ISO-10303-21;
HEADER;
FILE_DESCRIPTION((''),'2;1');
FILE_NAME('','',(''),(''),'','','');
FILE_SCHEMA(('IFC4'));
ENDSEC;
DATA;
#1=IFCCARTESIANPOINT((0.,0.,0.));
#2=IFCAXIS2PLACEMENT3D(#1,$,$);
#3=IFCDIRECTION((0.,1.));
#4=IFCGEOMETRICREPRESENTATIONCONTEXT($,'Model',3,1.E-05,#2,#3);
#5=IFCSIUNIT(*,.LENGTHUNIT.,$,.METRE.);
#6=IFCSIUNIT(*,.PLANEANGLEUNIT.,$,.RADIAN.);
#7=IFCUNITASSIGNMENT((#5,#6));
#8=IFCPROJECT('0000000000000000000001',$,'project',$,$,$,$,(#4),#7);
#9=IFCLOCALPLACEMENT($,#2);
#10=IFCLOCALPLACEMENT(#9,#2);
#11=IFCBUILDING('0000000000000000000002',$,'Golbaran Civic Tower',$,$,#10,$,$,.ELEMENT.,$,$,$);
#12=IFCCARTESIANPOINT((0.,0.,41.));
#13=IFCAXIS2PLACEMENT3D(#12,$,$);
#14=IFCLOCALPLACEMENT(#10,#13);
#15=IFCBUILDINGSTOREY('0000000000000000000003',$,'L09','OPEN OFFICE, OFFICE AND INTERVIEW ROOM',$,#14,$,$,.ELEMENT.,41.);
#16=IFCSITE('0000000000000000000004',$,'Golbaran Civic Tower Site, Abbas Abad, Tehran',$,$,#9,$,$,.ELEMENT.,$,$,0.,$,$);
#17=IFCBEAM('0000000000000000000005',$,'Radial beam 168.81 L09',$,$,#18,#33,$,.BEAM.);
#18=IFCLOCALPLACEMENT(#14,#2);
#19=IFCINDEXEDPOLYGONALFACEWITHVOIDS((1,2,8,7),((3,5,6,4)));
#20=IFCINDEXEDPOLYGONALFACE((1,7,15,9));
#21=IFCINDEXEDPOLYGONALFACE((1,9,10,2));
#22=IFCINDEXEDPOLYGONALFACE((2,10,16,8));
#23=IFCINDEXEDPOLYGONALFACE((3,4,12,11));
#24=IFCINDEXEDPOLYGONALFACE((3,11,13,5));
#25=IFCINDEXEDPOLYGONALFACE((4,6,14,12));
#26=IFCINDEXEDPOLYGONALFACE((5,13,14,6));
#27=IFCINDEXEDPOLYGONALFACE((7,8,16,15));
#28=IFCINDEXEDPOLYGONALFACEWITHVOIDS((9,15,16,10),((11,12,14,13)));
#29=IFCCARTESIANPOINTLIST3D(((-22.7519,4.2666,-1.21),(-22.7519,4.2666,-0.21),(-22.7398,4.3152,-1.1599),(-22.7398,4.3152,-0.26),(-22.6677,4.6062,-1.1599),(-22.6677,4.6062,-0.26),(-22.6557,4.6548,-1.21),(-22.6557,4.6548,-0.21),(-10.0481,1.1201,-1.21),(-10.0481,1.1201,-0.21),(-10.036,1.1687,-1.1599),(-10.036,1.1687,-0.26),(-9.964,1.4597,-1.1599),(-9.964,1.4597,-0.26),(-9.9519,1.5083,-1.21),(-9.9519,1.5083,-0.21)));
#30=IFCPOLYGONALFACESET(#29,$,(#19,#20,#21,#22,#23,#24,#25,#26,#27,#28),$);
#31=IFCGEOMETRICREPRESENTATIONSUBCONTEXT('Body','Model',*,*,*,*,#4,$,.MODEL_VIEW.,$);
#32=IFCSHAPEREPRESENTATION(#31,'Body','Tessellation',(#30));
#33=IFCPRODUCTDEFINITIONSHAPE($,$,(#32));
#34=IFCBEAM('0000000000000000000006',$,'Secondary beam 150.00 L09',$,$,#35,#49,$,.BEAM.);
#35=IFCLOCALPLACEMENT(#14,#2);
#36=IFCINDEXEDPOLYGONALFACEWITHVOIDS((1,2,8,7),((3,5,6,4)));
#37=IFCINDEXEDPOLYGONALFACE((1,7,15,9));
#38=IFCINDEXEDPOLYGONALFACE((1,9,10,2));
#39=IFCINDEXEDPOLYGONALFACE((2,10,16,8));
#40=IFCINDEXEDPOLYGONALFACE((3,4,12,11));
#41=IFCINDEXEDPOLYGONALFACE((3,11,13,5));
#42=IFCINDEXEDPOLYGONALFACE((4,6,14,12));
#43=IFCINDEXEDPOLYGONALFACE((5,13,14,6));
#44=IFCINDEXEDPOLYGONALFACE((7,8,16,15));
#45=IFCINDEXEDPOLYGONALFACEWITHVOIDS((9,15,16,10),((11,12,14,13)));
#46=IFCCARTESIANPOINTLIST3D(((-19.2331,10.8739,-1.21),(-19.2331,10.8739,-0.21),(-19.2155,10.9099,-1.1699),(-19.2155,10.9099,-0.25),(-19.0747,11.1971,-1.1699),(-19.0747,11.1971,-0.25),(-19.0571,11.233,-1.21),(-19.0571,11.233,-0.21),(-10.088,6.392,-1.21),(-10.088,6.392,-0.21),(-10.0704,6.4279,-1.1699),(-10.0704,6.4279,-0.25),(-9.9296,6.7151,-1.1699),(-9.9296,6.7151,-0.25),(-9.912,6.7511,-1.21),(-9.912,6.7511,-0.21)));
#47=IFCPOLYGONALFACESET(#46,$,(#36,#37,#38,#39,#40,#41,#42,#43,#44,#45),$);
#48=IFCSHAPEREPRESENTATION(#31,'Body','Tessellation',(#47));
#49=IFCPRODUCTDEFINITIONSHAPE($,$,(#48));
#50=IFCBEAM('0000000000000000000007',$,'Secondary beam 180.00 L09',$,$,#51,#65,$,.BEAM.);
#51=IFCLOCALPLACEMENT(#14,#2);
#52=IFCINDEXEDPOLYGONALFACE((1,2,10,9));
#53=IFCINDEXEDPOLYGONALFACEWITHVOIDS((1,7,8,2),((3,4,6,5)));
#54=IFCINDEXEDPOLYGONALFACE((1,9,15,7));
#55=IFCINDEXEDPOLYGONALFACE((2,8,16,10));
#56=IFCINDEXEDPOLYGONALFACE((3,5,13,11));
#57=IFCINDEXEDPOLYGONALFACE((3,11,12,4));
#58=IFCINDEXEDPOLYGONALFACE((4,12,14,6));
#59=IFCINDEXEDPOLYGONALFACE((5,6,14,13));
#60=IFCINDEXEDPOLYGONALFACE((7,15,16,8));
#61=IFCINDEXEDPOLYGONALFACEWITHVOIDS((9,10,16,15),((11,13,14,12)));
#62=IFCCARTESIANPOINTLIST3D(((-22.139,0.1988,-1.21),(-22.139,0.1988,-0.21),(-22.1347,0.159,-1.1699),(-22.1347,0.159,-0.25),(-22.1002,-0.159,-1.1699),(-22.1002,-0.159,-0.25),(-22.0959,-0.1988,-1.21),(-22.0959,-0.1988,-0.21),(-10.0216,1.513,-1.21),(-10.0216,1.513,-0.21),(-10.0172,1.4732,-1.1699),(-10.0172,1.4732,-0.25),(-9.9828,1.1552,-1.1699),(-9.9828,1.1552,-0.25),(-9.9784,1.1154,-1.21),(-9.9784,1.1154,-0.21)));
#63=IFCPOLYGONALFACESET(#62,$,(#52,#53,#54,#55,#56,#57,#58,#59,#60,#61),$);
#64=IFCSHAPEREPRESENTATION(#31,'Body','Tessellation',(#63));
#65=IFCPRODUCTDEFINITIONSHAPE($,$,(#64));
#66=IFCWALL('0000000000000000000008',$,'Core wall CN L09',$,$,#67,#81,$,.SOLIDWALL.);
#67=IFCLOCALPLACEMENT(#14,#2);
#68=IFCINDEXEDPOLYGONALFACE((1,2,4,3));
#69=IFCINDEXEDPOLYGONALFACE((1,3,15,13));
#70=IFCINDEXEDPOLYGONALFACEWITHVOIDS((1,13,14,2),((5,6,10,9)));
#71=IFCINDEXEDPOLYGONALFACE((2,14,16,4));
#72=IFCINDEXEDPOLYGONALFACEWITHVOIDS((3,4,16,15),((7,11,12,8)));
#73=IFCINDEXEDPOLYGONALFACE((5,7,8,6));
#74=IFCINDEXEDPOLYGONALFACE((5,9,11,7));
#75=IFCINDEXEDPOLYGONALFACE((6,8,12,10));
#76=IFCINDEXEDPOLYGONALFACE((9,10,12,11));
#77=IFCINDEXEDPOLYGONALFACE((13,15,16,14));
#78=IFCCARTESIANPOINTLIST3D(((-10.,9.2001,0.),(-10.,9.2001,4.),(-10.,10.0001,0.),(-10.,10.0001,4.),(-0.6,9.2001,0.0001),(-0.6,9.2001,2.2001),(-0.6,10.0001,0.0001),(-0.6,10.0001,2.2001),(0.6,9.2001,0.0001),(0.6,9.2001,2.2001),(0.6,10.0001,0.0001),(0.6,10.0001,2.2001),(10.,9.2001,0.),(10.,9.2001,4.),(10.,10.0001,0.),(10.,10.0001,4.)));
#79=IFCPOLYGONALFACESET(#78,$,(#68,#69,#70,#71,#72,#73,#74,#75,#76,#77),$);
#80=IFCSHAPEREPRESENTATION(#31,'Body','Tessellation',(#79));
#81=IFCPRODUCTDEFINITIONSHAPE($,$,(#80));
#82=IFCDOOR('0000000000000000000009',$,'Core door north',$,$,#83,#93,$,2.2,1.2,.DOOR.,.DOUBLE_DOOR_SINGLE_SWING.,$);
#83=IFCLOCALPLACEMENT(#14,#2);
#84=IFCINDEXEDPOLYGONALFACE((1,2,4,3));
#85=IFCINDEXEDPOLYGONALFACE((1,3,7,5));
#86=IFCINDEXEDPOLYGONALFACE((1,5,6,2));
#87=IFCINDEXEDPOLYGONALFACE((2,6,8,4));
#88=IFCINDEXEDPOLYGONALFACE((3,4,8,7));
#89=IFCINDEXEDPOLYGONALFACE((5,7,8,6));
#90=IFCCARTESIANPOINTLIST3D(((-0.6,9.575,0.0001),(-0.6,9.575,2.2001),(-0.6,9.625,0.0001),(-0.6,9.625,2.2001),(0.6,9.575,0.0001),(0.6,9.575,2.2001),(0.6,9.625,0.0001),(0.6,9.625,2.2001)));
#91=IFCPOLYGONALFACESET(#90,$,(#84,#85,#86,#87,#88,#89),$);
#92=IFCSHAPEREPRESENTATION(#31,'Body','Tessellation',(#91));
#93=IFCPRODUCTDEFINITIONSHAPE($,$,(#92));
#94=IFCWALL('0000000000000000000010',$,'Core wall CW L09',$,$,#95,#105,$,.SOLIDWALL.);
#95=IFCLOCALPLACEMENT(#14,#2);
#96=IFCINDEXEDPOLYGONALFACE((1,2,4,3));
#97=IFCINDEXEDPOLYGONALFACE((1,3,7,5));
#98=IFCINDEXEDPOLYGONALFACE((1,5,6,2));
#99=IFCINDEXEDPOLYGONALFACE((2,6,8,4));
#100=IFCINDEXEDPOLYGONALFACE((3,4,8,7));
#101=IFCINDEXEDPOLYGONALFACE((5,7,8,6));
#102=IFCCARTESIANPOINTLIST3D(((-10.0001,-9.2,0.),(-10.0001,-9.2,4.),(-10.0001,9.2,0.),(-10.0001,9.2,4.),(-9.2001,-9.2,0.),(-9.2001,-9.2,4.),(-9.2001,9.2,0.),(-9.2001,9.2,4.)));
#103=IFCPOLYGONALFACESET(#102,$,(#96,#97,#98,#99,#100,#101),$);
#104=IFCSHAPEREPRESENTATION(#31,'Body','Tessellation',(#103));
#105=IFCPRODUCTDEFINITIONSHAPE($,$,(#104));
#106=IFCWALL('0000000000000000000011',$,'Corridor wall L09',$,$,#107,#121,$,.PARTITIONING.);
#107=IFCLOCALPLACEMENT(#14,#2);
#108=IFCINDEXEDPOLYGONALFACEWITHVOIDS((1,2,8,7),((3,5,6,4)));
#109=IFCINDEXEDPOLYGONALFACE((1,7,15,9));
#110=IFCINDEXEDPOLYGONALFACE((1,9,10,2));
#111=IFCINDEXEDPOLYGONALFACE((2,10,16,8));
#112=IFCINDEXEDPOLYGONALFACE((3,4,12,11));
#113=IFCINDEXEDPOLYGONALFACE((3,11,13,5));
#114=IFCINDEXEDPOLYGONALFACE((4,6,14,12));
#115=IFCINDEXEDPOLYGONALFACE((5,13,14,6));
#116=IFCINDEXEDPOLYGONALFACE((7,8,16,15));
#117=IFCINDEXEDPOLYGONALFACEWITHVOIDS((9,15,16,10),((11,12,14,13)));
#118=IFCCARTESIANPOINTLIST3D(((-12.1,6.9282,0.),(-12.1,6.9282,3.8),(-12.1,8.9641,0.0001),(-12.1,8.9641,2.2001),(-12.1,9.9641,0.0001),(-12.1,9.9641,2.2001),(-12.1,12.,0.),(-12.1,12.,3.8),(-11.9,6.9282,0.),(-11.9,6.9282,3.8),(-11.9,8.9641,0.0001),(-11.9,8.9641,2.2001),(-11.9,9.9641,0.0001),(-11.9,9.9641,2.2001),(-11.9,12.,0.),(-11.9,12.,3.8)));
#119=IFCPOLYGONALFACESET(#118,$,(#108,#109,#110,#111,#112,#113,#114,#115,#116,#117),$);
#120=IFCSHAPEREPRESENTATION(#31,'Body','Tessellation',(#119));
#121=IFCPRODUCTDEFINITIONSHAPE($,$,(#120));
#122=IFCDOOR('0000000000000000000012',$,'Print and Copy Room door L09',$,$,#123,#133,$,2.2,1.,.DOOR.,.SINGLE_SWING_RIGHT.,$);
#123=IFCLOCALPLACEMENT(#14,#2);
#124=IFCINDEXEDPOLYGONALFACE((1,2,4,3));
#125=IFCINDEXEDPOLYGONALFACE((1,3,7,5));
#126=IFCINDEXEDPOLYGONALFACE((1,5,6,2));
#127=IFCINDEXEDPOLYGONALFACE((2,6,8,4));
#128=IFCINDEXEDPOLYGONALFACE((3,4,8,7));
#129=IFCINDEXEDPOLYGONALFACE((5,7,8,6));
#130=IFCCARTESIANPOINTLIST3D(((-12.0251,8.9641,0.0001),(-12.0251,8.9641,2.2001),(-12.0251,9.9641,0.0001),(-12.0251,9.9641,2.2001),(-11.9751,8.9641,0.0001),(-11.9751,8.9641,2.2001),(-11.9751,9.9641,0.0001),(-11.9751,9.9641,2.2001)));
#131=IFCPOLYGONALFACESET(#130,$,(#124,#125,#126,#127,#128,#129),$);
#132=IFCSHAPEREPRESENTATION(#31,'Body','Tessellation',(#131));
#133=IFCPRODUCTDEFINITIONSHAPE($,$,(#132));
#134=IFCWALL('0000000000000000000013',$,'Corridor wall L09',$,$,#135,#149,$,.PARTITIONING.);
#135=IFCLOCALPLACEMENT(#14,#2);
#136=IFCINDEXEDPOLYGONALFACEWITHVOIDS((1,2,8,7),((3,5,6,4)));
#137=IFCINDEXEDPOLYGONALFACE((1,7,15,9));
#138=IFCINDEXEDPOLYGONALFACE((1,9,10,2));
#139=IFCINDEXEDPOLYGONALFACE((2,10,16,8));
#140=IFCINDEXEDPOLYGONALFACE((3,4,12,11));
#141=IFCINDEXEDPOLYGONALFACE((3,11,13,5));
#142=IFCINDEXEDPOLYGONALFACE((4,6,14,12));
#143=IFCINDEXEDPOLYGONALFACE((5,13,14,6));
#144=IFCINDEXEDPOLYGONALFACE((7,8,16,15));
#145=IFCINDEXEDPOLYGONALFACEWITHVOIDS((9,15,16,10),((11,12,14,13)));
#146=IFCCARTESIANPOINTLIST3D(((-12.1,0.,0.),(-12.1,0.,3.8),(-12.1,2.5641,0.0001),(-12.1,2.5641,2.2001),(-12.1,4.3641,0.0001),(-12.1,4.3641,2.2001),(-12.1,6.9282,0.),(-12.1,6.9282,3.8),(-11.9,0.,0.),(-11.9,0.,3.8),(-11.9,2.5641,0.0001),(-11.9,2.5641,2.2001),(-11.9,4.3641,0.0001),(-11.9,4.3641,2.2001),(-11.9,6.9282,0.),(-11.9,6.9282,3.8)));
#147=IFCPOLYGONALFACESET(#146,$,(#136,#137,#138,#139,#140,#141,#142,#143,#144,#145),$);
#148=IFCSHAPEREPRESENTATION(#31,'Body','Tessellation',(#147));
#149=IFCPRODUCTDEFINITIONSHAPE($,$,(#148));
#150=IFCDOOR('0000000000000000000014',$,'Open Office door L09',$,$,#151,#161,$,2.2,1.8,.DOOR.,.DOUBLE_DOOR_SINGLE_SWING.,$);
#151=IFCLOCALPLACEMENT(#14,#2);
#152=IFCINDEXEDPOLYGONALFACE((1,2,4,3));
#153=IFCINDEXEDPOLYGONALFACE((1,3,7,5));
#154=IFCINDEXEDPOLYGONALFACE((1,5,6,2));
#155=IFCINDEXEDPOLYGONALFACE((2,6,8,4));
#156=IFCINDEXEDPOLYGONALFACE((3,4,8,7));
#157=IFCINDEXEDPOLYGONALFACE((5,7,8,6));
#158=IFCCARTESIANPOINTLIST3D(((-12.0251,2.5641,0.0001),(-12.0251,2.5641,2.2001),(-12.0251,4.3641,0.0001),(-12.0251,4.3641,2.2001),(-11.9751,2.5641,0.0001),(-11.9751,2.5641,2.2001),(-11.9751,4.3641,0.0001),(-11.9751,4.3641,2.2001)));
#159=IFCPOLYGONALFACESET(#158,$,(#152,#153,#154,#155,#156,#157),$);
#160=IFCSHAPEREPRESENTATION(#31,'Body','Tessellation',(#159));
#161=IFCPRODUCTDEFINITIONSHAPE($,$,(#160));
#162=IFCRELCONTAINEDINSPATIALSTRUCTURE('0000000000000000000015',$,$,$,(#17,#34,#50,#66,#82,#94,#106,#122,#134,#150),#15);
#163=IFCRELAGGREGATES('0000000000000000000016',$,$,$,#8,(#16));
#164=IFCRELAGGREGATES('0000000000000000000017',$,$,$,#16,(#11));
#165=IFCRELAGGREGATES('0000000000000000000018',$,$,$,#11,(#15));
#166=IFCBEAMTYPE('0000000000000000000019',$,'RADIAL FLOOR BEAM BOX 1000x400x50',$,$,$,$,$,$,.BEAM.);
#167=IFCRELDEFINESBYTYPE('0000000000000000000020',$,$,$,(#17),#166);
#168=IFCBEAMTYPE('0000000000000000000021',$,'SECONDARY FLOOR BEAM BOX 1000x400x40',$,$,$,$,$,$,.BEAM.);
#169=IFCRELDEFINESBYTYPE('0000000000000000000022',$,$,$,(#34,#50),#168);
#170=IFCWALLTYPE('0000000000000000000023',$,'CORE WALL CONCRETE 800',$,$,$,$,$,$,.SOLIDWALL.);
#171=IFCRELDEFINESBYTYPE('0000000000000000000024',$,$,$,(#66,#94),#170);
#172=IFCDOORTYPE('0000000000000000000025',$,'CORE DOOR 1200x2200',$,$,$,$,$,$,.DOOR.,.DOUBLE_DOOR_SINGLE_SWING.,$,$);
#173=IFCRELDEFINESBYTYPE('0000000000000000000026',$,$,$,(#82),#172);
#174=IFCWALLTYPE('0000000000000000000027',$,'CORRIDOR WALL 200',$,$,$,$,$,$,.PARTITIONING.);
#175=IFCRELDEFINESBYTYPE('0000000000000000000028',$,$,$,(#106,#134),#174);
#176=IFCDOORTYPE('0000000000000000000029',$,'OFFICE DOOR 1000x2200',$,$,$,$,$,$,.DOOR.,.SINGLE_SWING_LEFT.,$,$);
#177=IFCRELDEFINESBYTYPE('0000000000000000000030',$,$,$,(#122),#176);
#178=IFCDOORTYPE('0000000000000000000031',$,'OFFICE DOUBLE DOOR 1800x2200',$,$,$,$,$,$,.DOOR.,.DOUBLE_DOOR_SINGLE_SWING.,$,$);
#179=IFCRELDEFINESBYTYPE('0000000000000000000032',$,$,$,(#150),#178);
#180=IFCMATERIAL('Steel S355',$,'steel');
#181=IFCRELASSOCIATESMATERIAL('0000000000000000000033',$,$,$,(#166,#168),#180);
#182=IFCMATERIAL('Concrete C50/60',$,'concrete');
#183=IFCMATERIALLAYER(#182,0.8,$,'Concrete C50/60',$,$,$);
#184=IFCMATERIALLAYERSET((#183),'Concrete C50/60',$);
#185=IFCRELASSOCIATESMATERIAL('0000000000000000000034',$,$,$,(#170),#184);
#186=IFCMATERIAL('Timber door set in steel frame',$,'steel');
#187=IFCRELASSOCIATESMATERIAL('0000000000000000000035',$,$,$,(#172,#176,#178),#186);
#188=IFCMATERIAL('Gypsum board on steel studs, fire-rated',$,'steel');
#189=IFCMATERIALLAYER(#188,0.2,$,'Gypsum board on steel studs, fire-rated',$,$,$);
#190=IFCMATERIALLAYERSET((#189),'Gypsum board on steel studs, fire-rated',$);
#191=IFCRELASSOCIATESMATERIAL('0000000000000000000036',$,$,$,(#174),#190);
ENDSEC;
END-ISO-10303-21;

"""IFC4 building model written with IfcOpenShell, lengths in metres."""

from ifc_helpers import new_model, si_unit, direction, frame, frame_2d, origin, origin_2d, place, context, subcontext, project, spatial, rectangle, hollow_rectangle, extrude, material, layer, layer_set, material_profile, profile_set, type_object, element, fill, save


model = new_model("IFC4")

# Units and contexts
model_context = context("Model", 3, precision=1e-05, world=origin(), true_north=direction((0.0, 1.0)))
body_context = subcontext(model_context, "Body", "Model", "MODEL_VIEW")
ifc_project = project(units=[si_unit("LENGTHUNIT", "METRE"), si_unit("PLANEANGLEUNIT", "RADIAN")], contexts=[model_context])

# Site, building, storey
site_placement = place(None, origin())
site = spatial("IfcSite", under=ifc_project, at=site_placement, Name="Golbaran Civic Tower Site, Abbas Abad, Tehran", CompositionType="ELEMENT", RefElevation=0.0)
building_placement = place(site_placement, origin())
building = spatial("IfcBuilding", under=site, at=building_placement, Name="Golbaran Civic Tower", CompositionType="ELEMENT")
storey_placement = place(building_placement, frame((0.0, 0.0, 41.0)))
storey = spatial("IfcBuildingStorey", under=building, at=storey_placement, Name="L09", Description="OPEN OFFICE, OFFICE AND INTERVIEW ROOM", CompositionType="ELEMENT", Elevation=41.0)

# Beams
ifc_material_1 = material(Name="Steel S355", Category="steel")
ifc_material_profile_1 = material_profile(ifc_material_1, hollow_rectangle(XDim=0.3999, YDim=1.0, WallThickness=0.05, at=origin_2d()), Name="BOX 1000x400x50")
ifc_profile_set_1 = profile_set([ifc_material_profile_1], Name="Steel S355")
beam_type_1 = type_object("IfcBeamType", Name="RADIAL FLOOR BEAM BOX 1000x400x50", PredefinedType="BEAM", material=ifc_profile_set_1)
beam_1_placement = place(storey_placement, frame((-10.0, 1.3142, -0.71), z_axis=(-0.97067, 0.240415, 0.0), x_axis=(-0.240415, -0.97067, 0.0)))
element("IfcBeam", 1, at=beam_1_placement, inside=storey, type_object=beam_type_1, Name="Radial beam 168.81 L09", PredefinedType="BEAM", context=body_context, shape_type="SweptSolid", body=[
    extrude(hollow_rectangle(XDim=0.3999, YDim=1.0, WallThickness=0.05, at=origin_2d()), origin(), (0.0, 0.0, 1.0), 13.0876),
])
ifc_material_profile_2 = material_profile(ifc_material_1, hollow_rectangle(XDim=0.3999, YDim=1.0, WallThickness=0.04, at=origin_2d()), Name="BOX 1000x400x40")
ifc_profile_set_2 = profile_set([ifc_material_profile_2], Name="Steel S355")
beam_type_2 = type_object("IfcBeamType", Name="SECONDARY FLOOR BEAM BOX 1000x400x40", PredefinedType="BEAM", material=ifc_profile_set_2)
beam_2_placement = place(storey_placement, frame((-10.0, 6.5715, -0.71), z_axis=(-0.897956, 0.440084, 0.0), x_axis=(-0.440084, -0.897956, 0.0)))
element("IfcBeam", 2, at=beam_2_placement, inside=storey, type_object=beam_type_2, Name="Secondary beam 150.00 L09", PredefinedType="BEAM", context=body_context, shape_type="SweptSolid", body=[
    extrude(hollow_rectangle(XDim=0.3999, YDim=1.0, WallThickness=0.04, at=origin_2d()), origin(), (0.0, 0.0, 1.0), 10.1843),
])
beam_3_placement = place(storey_placement, frame((-10.0, 1.3142, -0.71), z_axis=(-0.99417, -0.107824, 0.0), x_axis=(0.107824, -0.99417, 0.0)))
element("IfcBeam", 3, at=beam_3_placement, inside=storey, type_object=beam_type_2, Name="Secondary beam 180.00 L09", PredefinedType="BEAM", context=body_context, shape_type="SweptSolid", body=[
    extrude(hollow_rectangle(XDim=0.3999, YDim=1.0, WallThickness=0.04, at=origin_2d()), origin(), (0.0, 0.0, 1.0), 12.1885),
])

# Wall, opening, door
ifc_material_2 = material(Name="Concrete C50/60", Category="concrete")
ifc_layer_1 = layer(ifc_material_2, 0.8, Name="Concrete C50/60")
ifc_layer_set_1 = layer_set([ifc_layer_1], Name="Concrete C50/60")
wall_type_1 = type_object("IfcWallType", Name="CORE WALL CONCRETE 800", PredefinedType="SOLIDWALL", material=ifc_layer_set_1)
wall_1_placement = place(storey_placement, frame((-10.0, 9.6001, 0.0), z_axis=(0.0, 0.0, 1.0), x_axis=(1.0, 0.0, 0.0)))
wall_1 = element("IfcWall", 4, at=wall_1_placement, inside=storey, type_object=wall_type_1, Name="Core wall CN L09", PredefinedType="SOLIDWALL", context=body_context, shape_type="SweptSolid", body=[
    extrude(rectangle(XDim=20.0, YDim=0.8, at=frame_2d((10.0, 0.0))), origin(), (0.0, 0.0, 1.0), 4.0),
])
opening_1_placement = place(wall_1_placement, frame((9.3999, 0.0, 0.0)))
opening_1 = element("IfcOpeningElement", 5, at=opening_1_placement, cuts=wall_1, PredefinedType="OPENING", context=body_context, shape_type="SweptSolid", body=[
    extrude(rectangle(XDim=1.2, YDim=2.2, at=frame_2d((0.6001, 1.1001))), frame((0.0, 0.4099, 0.0), z_axis=(0.0, -1.0, 0.0), x_axis=(1.0, 0.0, 0.0)), (0.0, 0.0, 1.0), 0.8201),
])
ifc_material_3 = material(Name="Timber door set in steel frame", Category="steel")
door_type_1 = type_object("IfcDoorType", Name="CORE DOOR 1200x2200", OperationType="DOUBLE_DOOR_SINGLE_SWING", PredefinedType="DOOR", material=ifc_material_3)
door_1_placement = place(opening_1_placement, origin())
door_1 = element("IfcDoor", 6, at=door_1_placement, inside=storey, type_object=door_type_1, Name="Core door north", OperationType="DOUBLE_DOOR_SINGLE_SWING", OverallHeight=2.2, OverallWidth=1.2, PredefinedType="DOOR", context=body_context, shape_type="SweptSolid", body=[
    extrude(rectangle(XDim=1.2, YDim=2.2, at=frame_2d((0.6001, 1.1001))), frame((0.0, 0.0249, 0.0), z_axis=(0.0, -1.0, 0.0), x_axis=(1.0, 0.0, 0.0)), (0.0, 0.0, 1.0), 0.05),
])
fill(opening_1, door_1)

# Wall
wall_2_placement = place(storey_placement, frame((-9.6001, 9.2, 0.0), z_axis=(0.0, 0.0, 1.0), x_axis=(0.0, -1.0, 0.0)))
element("IfcWall", 7, at=wall_2_placement, inside=storey, type_object=wall_type_1, Name="Core wall CW L09", PredefinedType="SOLIDWALL", context=body_context, shape_type="SweptSolid", body=[
    extrude(rectangle(XDim=18.3999, YDim=0.8, at=frame_2d((9.2, 0.0))), origin(), (0.0, 0.0, 1.0), 4.0),
])

# Walls, openings, doors
ifc_material_4 = material(Name="Gypsum board on steel studs, fire-rated", Category="steel")
ifc_layer_2 = layer(ifc_material_4, 0.2, Name="Gypsum board on steel studs, fire-rated")
ifc_layer_set_2 = layer_set([ifc_layer_2], Name="Gypsum board on steel studs, fire-rated")
wall_type_2 = type_object("IfcWallType", Name="CORRIDOR WALL 200", PredefinedType="PARTITIONING", material=ifc_layer_set_2)
wall_3_placement = place(storey_placement, frame((-12.0, 12.0, 0.0), z_axis=(0.0, 0.0, 1.0), x_axis=(0.0, -1.0, 0.0)))
wall_3 = element("IfcWall", 8, at=wall_3_placement, inside=storey, type_object=wall_type_2, Name="Corridor wall L09", PredefinedType="PARTITIONING", context=body_context, shape_type="SweptSolid", body=[
    extrude(rectangle(XDim=5.0718, YDim=0.2, at=frame_2d((2.5359, 0.0))), origin(), (0.0, 0.0, 1.0), 3.8),
])
opening_2_placement = place(wall_3_placement, frame((2.0359, 0.0, 0.0)))
opening_2 = element("IfcOpeningElement", 9, at=opening_2_placement, cuts=wall_3, PredefinedType="OPENING", context=body_context, shape_type="SweptSolid", body=[
    extrude(rectangle(XDim=1.0, YDim=2.2, at=frame_2d((0.5, 1.1001))), frame((0.0, 0.1099, 0.0), z_axis=(0.0, -1.0, 0.0), x_axis=(1.0, 0.0, 0.0)), (0.0, 0.0, 1.0), 0.22),
])
door_type_2 = type_object("IfcDoorType", Name="OFFICE DOOR 1000x2200", OperationType="SINGLE_SWING_LEFT", PredefinedType="DOOR", material=ifc_material_3)
door_2_placement = place(opening_2_placement, origin())
door_2 = element("IfcDoor", 10, at=door_2_placement, inside=storey, type_object=door_type_2, Name="Print and Copy Room door L09", OperationType="SINGLE_SWING_RIGHT", OverallHeight=2.2, OverallWidth=1.0, PredefinedType="DOOR", context=body_context, shape_type="SweptSolid", body=[
    extrude(rectangle(XDim=1.0, YDim=2.2, at=frame_2d((0.5, 1.1001))), frame((0.0, 0.0249, 0.0), z_axis=(0.0, -1.0, 0.0), x_axis=(1.0, 0.0, 0.0)), (0.0, 0.0, 1.0), 0.05),
])
fill(opening_2, door_2)
wall_4_placement = place(storey_placement, frame((-12.0, 6.9282, 0.0), z_axis=(0.0, 0.0, 1.0), x_axis=(0.0, -1.0, 0.0)))
wall_4 = element("IfcWall", 11, at=wall_4_placement, inside=storey, type_object=wall_type_2, Name="Corridor wall L09", PredefinedType="PARTITIONING", context=body_context, shape_type="SweptSolid", body=[
    extrude(rectangle(XDim=6.9282, YDim=0.2, at=frame_2d((3.4641, 0.0))), origin(), (0.0, 0.0, 1.0), 3.8),
])
opening_3_placement = place(wall_4_placement, frame((2.5642, 0.0, 0.0)))
opening_3 = element("IfcOpeningElement", 12, at=opening_3_placement, cuts=wall_4, PredefinedType="OPENING", context=body_context, shape_type="SweptSolid", body=[
    extrude(rectangle(XDim=1.8, YDim=2.2, at=frame_2d((0.8999, 1.1001))), frame((0.0, 0.1099, 0.0), z_axis=(0.0, -1.0, 0.0), x_axis=(1.0, 0.0, 0.0)), (0.0, 0.0, 1.0), 0.22),
])
door_type_3 = type_object("IfcDoorType", Name="OFFICE DOUBLE DOOR 1800x2200", OperationType="DOUBLE_DOOR_SINGLE_SWING", PredefinedType="DOOR", material=ifc_material_3)
door_3_placement = place(opening_3_placement, origin())
door_3 = element("IfcDoor", 13, at=door_3_placement, inside=storey, type_object=door_type_3, Name="Open Office door L09", OperationType="DOUBLE_DOOR_SINGLE_SWING", OverallHeight=2.2, OverallWidth=1.8, PredefinedType="DOOR", context=body_context, shape_type="SweptSolid", body=[
    extrude(rectangle(XDim=1.8, YDim=2.2, at=frame_2d((0.8999, 1.1001))), frame((0.0, 0.0249, 0.0), z_axis=(0.0, -1.0, 0.0), x_axis=(1.0, 0.0, 0.0)), (0.0, 0.0, 1.0), 0.05),
])
fill(opening_3, door_3)

save(model, "model.ifc")
